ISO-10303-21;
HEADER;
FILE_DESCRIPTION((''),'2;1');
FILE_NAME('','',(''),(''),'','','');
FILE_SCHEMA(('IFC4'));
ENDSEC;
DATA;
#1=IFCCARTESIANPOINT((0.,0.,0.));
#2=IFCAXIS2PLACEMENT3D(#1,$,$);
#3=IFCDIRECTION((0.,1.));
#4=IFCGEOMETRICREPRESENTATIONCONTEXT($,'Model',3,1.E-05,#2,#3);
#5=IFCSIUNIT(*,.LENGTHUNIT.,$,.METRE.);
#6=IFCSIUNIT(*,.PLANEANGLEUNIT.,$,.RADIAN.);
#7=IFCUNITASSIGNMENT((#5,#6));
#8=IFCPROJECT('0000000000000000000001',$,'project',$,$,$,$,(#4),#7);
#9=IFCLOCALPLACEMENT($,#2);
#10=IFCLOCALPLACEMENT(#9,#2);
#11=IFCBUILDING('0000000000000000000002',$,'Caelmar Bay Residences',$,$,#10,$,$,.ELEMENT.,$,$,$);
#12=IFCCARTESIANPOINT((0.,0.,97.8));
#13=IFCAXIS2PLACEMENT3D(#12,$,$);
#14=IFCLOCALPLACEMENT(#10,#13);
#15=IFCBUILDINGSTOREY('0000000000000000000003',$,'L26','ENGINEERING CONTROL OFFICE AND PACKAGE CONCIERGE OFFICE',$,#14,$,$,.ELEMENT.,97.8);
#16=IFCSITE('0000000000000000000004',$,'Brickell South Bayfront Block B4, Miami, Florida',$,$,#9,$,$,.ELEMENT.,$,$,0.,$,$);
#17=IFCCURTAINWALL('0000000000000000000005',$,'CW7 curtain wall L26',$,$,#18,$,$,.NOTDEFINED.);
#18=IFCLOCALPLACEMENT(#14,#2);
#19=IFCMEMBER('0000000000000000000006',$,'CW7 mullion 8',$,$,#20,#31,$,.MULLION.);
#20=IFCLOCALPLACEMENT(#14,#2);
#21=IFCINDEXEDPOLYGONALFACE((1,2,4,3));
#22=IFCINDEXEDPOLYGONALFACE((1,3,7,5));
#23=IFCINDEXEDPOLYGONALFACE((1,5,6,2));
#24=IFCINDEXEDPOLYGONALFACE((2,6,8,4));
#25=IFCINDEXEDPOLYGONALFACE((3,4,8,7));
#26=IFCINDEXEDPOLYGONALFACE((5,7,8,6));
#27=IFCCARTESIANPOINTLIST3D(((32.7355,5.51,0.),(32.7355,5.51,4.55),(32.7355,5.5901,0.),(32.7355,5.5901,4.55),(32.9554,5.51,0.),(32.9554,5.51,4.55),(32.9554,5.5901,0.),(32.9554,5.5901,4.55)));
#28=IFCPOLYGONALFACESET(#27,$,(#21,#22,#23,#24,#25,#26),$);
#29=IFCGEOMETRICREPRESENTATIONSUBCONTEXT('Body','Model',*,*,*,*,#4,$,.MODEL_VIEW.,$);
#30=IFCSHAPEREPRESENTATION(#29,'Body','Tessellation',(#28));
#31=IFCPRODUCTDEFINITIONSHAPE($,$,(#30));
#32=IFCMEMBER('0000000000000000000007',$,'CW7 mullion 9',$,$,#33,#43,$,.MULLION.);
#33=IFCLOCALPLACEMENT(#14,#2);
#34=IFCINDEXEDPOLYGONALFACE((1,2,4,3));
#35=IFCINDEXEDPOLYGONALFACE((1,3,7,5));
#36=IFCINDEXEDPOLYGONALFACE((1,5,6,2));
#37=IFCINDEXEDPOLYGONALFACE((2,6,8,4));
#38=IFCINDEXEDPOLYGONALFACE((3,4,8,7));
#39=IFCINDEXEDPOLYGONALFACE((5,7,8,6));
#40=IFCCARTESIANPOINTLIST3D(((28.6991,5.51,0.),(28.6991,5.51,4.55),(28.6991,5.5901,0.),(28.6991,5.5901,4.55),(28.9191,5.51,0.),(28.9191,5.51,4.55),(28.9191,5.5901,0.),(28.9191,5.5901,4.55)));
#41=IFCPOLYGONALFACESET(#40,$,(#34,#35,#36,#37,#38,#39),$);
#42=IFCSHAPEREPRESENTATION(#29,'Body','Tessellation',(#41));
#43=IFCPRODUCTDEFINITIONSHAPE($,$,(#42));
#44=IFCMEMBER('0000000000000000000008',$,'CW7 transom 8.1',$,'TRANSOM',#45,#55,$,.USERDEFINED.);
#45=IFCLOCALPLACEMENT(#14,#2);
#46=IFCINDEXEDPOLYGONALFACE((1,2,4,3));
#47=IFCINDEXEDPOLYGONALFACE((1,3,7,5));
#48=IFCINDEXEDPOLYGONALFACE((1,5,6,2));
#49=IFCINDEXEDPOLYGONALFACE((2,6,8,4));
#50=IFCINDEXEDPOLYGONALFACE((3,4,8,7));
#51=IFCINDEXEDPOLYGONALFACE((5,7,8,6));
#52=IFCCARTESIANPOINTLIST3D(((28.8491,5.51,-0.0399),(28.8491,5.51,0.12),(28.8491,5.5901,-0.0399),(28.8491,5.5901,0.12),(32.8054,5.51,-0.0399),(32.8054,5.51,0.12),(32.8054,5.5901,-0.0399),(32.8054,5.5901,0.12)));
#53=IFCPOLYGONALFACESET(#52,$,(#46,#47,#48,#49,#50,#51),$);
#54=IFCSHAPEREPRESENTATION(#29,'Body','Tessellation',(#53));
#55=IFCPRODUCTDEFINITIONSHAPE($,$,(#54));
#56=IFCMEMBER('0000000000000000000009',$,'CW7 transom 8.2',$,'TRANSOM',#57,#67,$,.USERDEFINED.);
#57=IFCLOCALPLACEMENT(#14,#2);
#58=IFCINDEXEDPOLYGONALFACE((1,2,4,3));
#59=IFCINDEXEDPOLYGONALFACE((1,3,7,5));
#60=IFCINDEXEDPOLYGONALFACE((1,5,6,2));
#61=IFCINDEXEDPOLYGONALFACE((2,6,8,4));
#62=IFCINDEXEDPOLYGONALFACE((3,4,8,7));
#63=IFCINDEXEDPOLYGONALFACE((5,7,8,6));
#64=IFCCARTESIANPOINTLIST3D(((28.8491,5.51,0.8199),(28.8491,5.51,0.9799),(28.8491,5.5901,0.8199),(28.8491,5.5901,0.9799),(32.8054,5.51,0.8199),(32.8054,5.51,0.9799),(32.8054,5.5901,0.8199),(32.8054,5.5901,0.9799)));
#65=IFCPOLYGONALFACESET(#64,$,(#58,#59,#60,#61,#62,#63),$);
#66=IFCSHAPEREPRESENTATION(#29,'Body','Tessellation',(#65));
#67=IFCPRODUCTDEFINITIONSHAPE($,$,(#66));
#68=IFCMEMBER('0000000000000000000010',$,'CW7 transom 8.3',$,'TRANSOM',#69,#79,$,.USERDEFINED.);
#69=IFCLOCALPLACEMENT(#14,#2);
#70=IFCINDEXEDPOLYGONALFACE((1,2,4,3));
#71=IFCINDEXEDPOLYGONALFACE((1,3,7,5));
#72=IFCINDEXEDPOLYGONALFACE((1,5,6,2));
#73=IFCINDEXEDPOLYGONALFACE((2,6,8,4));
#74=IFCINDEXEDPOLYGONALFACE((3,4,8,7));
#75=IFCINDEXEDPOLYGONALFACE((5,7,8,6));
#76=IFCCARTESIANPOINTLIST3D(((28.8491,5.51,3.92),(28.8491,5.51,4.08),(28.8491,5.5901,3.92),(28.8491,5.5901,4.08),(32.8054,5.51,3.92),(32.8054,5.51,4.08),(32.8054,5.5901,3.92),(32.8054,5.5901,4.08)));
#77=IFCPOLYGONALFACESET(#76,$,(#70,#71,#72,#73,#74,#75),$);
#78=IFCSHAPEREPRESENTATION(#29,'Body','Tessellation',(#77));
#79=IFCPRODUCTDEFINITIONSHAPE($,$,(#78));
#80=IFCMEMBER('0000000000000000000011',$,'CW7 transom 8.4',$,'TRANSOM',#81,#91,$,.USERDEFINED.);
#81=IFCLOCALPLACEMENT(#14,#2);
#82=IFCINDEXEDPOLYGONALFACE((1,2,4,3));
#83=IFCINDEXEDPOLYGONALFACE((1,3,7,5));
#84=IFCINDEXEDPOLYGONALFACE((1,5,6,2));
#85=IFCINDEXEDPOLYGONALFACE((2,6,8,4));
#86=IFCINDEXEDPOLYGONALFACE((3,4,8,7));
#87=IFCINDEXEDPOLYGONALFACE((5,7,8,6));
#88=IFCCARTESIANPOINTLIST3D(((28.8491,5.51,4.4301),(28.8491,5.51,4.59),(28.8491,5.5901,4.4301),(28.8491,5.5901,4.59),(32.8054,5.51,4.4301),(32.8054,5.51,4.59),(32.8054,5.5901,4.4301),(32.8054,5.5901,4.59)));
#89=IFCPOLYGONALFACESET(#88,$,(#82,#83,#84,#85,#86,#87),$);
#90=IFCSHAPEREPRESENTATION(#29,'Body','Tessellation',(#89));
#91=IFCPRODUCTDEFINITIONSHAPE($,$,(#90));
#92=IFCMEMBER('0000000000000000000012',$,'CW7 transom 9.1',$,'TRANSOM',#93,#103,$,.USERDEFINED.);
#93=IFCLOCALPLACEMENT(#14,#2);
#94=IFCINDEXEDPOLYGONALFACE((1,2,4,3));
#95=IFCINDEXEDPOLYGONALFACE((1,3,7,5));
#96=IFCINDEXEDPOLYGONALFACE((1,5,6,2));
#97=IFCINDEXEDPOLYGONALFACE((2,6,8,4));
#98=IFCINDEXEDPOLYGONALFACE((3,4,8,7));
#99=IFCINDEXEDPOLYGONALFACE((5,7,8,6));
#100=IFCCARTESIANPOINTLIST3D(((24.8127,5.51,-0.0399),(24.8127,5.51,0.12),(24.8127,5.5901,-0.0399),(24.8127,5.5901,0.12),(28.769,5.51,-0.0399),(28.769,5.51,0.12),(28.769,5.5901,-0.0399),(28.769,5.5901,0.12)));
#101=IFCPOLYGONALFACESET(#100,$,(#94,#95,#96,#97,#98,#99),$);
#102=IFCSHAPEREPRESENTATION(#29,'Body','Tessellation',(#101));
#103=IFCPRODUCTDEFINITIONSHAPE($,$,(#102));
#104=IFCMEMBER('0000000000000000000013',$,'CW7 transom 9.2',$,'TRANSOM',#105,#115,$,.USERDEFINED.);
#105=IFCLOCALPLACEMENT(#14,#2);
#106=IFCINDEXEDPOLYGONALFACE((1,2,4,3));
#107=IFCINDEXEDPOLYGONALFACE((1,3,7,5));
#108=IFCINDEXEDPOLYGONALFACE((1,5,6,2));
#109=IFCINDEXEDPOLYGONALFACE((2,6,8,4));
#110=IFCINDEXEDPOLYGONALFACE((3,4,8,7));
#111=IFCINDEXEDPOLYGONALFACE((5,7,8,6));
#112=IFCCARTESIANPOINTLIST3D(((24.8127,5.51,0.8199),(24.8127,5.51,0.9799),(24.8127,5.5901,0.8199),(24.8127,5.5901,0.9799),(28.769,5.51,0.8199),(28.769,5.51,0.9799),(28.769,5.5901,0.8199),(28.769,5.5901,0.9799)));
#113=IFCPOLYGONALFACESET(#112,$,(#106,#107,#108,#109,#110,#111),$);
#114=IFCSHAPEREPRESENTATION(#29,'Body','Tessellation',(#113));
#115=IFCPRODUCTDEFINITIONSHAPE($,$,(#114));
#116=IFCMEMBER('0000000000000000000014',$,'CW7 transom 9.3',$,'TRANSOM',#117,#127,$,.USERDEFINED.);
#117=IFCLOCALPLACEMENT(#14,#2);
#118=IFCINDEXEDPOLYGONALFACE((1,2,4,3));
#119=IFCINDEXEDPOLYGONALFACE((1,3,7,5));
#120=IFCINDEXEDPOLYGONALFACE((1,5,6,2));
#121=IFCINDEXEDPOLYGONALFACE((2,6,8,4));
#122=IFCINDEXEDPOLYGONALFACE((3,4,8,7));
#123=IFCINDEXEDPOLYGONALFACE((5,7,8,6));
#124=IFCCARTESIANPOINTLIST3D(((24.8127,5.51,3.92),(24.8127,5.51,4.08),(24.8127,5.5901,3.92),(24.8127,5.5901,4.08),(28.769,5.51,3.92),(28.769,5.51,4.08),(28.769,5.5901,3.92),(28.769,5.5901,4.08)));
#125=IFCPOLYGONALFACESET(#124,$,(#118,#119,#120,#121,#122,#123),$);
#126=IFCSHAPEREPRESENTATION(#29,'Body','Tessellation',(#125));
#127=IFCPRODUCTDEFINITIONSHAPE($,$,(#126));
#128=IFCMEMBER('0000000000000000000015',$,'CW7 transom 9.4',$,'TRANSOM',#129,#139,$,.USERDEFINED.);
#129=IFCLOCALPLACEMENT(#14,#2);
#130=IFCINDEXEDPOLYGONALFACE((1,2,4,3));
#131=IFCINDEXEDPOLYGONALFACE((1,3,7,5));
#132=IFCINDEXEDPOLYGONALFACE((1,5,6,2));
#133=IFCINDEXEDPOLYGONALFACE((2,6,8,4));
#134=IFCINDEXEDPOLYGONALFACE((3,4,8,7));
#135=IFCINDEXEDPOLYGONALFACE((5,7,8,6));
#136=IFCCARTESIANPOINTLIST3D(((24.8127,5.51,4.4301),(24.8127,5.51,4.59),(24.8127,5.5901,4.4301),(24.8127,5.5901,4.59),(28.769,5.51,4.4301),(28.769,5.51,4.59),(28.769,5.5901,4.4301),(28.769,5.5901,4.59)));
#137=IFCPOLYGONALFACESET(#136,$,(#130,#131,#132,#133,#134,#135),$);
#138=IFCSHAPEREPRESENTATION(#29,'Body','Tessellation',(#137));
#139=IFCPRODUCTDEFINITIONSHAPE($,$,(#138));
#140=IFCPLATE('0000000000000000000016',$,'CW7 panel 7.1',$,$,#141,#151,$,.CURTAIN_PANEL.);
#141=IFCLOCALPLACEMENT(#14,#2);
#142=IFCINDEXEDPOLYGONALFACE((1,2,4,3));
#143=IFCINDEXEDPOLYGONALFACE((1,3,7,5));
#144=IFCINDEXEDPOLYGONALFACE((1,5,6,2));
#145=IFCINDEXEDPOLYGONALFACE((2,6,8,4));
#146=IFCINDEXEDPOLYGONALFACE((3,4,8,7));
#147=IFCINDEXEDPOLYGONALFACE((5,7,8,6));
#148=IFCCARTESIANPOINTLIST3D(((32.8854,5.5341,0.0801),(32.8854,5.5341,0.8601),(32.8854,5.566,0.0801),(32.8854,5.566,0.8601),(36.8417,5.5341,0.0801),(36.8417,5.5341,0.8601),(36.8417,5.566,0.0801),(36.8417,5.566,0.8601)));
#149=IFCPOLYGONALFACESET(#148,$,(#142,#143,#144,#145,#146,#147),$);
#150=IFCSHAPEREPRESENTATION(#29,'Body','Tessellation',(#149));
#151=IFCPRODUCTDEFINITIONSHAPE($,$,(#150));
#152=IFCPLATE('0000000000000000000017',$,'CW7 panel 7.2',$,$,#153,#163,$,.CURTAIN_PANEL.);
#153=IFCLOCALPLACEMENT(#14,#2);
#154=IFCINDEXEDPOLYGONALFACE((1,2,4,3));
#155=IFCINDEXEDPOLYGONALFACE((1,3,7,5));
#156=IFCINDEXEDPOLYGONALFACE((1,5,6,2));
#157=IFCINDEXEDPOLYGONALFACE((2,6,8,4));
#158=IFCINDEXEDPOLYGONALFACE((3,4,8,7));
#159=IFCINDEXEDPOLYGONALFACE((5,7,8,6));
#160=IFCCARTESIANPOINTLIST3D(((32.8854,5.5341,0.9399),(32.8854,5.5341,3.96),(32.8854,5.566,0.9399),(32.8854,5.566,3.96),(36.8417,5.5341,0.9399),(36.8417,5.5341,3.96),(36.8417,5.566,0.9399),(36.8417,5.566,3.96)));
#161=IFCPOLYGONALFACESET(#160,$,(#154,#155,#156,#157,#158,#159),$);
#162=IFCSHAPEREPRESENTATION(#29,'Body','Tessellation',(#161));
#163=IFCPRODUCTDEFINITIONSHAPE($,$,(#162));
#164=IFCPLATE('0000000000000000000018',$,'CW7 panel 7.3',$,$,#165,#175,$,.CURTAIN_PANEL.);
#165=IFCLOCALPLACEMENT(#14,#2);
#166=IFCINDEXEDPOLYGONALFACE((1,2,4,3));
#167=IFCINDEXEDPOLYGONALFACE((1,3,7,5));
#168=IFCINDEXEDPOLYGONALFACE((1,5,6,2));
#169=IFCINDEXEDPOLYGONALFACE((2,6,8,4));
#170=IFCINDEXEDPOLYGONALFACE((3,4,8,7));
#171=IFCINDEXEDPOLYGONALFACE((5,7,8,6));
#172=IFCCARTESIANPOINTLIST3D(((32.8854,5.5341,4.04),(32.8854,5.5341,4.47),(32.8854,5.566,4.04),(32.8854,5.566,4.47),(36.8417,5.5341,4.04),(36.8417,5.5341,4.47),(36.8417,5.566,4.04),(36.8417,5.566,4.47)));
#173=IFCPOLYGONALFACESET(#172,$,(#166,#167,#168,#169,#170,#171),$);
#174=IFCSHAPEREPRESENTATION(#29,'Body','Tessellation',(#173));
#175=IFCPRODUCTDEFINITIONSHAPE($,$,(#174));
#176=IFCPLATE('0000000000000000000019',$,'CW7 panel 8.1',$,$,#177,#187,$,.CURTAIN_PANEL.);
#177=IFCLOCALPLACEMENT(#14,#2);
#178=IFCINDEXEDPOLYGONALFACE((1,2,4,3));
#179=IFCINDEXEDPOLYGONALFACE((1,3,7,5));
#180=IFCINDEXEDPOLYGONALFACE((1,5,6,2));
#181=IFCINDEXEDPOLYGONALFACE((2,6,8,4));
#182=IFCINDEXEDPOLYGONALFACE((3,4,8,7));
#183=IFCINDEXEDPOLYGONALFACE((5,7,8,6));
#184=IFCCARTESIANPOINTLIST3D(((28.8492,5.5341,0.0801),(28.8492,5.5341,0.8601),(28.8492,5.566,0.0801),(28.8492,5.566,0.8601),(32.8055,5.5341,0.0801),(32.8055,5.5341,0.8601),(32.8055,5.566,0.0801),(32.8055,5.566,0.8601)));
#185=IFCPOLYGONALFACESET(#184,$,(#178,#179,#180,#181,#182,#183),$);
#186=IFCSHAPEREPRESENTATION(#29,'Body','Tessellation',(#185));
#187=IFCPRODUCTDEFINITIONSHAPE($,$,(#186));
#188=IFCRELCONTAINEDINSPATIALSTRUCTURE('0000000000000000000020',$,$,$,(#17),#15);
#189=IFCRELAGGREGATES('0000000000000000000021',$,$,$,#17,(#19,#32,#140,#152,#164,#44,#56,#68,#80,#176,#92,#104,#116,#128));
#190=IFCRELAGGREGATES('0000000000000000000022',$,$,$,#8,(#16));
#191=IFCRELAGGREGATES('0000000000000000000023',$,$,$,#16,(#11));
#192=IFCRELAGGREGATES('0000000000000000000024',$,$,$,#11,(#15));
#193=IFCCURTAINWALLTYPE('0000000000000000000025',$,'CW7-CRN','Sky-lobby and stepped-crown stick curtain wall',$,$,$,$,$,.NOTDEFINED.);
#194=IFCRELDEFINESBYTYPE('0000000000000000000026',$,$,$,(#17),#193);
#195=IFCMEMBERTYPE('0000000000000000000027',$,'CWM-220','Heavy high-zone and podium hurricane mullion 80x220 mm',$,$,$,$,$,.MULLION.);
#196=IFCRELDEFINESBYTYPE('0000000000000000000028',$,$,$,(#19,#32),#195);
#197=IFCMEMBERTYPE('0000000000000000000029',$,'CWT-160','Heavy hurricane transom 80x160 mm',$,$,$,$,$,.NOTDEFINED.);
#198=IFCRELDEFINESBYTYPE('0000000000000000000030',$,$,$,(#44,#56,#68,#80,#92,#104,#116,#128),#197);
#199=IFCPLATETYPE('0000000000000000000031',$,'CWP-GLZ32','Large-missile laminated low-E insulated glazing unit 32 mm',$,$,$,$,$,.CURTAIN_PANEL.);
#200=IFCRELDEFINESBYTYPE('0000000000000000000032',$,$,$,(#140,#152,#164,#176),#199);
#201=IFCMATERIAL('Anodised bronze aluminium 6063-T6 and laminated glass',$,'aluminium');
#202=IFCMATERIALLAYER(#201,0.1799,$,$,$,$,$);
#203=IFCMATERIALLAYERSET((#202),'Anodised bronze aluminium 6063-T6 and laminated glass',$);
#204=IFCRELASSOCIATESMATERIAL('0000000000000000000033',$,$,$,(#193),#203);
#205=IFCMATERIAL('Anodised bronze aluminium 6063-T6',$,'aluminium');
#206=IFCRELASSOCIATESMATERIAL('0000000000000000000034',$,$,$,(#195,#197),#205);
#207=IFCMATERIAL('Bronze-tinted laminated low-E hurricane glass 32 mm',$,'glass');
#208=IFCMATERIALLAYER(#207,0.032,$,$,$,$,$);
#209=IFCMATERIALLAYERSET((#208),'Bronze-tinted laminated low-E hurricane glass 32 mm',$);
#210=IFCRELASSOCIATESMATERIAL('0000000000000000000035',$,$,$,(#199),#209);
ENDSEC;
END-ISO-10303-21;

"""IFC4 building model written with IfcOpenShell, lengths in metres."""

from ifc_helpers import new_model, si_unit, direction, frame, origin, origin_2d, place, context, subcontext, project, spatial, rectangle, extrude, material, layer, layer_set, material_profile, profile_set, type_object, element, aggregate, save


model = new_model("IFC4")

# Units and contexts
model_context = context("Model", 3, precision=1e-05, world=origin(), true_north=direction((0.0, 1.0)))
body_context = subcontext(model_context, "Body", "Model", "MODEL_VIEW")
ifc_project = project(units=[si_unit("LENGTHUNIT", "METRE"), si_unit("PLANEANGLEUNIT", "RADIAN")], contexts=[model_context])

# Site, building, storey
site_placement = place(None, origin())
site = spatial("IfcSite", under=ifc_project, at=site_placement, Name="Brickell South Bayfront Block B4, Miami, Florida", CompositionType="ELEMENT", RefElevation=0.0)
building_placement = place(site_placement, origin())
building = spatial("IfcBuilding", under=site, at=building_placement, Name="Caelmar Bay Residences", CompositionType="ELEMENT")
storey_placement = place(building_placement, frame((0.0, 0.0, 97.8)))
storey = spatial("IfcBuildingStorey", under=building, at=storey_placement, Name="L26", Description="ENGINEERING CONTROL OFFICE AND PACKAGE CONCIERGE OFFICE", CompositionType="ELEMENT", Elevation=97.8)

# Curtain wall, members, plates
ifc_material_1 = material(Name="Anodised bronze aluminium 6063-T6 and laminated glass", Category="aluminium")
ifc_layer_1 = layer(ifc_material_1, 0.1799)
ifc_layer_set_1 = layer_set([ifc_layer_1], Name="Anodised bronze aluminium 6063-T6 and laminated glass")
curtain_wall_type = type_object("IfcCurtainWallType", Name="CW7-CRN", Description="Sky-lobby and stepped-crown stick curtain wall", PredefinedType="NOTDEFINED", material=ifc_layer_set_1)
curtain_wall_placement = place(storey_placement, origin())
curtain_wall = element("IfcCurtainWall", 1, at=curtain_wall_placement, inside=storey, type_object=curtain_wall_type, Name="CW7 curtain wall L26", PredefinedType="NOTDEFINED")
ifc_material_2 = material(Name="Anodised bronze aluminium 6063-T6", Category="aluminium")
ifc_material_profile_1 = material_profile(ifc_material_2, rectangle(XDim=0.0801, YDim=0.22, at=origin_2d()), Name="CWM-80X220")
ifc_profile_set_1 = profile_set([ifc_material_profile_1], Name="Anodised bronze aluminium 6063-T6")
member_type_1 = type_object("IfcMemberType", Name="CWM-220", Description="Heavy high-zone and podium hurricane mullion 80x220 mm", PredefinedType="MULLION", material=ifc_profile_set_1)
member_1_placement = place(storey_placement, frame((32.8455, 5.55, 0.0), z_axis=(0.0, 0.0, 1.0), x_axis=(0.0, -1.0, 0.0)))
member_1 = element("IfcMember", 2, at=member_1_placement, type_object=member_type_1, Name="CW7 mullion 8", PredefinedType="MULLION", context=body_context, shape_type="SweptSolid", body=[
    extrude(rectangle(XDim=0.0801, YDim=0.22, at=origin_2d()), origin(), (0.0, 0.0, 1.0), 4.55),
])
member_2_placement = place(storey_placement, frame((28.8091, 5.55, 0.0), z_axis=(0.0, 0.0, 1.0), x_axis=(0.0, -1.0, 0.0)))
member_2 = element("IfcMember", 3, at=member_2_placement, type_object=member_type_1, Name="CW7 mullion 9", PredefinedType="MULLION", context=body_context, shape_type="SweptSolid", body=[
    extrude(rectangle(XDim=0.0801, YDim=0.22, at=origin_2d()), origin(), (0.0, 0.0, 1.0), 4.55),
])
ifc_material_profile_2 = material_profile(ifc_material_2, rectangle(XDim=0.0801, YDim=0.1599, at=origin_2d()), Name="CWT-80X160")
ifc_profile_set_2 = profile_set([ifc_material_profile_2], Name="Anodised bronze aluminium 6063-T6")
member_type_2 = type_object("IfcMemberType", Name="CWT-160", Description="Heavy hurricane transom 80x160 mm", PredefinedType="NOTDEFINED", material=ifc_profile_set_2)
member_3_placement = place(storey_placement, frame((32.8054, 5.55, 0.04), z_axis=(-1.0, 0.0, 0.0), x_axis=(0.0, -1.0, 0.0)))
member_3 = element("IfcMember", 4, at=member_3_placement, type_object=member_type_2, Name="CW7 transom 8.1", ObjectType="TRANSOM", PredefinedType="USERDEFINED", context=body_context, shape_type="SweptSolid", body=[
    extrude(rectangle(XDim=0.0801, YDim=0.1599, at=origin_2d()), origin(), (0.0, 0.0, 1.0), 3.9563),
])
member_4_placement = place(storey_placement, frame((32.8054, 5.55, 0.8999), z_axis=(-1.0, 0.0, 0.0), x_axis=(0.0, -1.0, 0.0)))
member_4 = element("IfcMember", 5, at=member_4_placement, type_object=member_type_2, Name="CW7 transom 8.2", ObjectType="TRANSOM", PredefinedType="USERDEFINED", context=body_context, shape_type="SweptSolid", body=[
    extrude(rectangle(XDim=0.0801, YDim=0.1599, at=origin_2d()), origin(), (0.0, 0.0, 1.0), 3.9563),
])
member_5_placement = place(storey_placement, frame((32.8054, 5.55, 4.0), z_axis=(-1.0, 0.0, 0.0), x_axis=(0.0, -1.0, 0.0)))
member_5 = element("IfcMember", 6, at=member_5_placement, type_object=member_type_2, Name="CW7 transom 8.3", ObjectType="TRANSOM", PredefinedType="USERDEFINED", context=body_context, shape_type="SweptSolid", body=[
    extrude(rectangle(XDim=0.0801, YDim=0.1599, at=origin_2d()), origin(), (0.0, 0.0, 1.0), 3.9563),
])
member_6_placement = place(storey_placement, frame((32.8054, 5.55, 4.51), z_axis=(-1.0, 0.0, 0.0), x_axis=(0.0, -1.0, 0.0)))
member_6 = element("IfcMember", 7, at=member_6_placement, type_object=member_type_2, Name="CW7 transom 8.4", ObjectType="TRANSOM", PredefinedType="USERDEFINED", context=body_context, shape_type="SweptSolid", body=[
    extrude(rectangle(XDim=0.0801, YDim=0.1599, at=origin_2d()), origin(), (0.0, 0.0, 1.0), 3.9563),
])
member_7_placement = place(storey_placement, frame((28.769, 5.55, 0.04), z_axis=(-1.0, 0.0, 0.0), x_axis=(0.0, -1.0, 0.0)))
member_7 = element("IfcMember", 8, at=member_7_placement, type_object=member_type_2, Name="CW7 transom 9.1", ObjectType="TRANSOM", PredefinedType="USERDEFINED", context=body_context, shape_type="SweptSolid", body=[
    extrude(rectangle(XDim=0.0801, YDim=0.1599, at=origin_2d()), origin(), (0.0, 0.0, 1.0), 3.9563),
])
member_8_placement = place(storey_placement, frame((28.769, 5.55, 0.8999), z_axis=(-1.0, 0.0, 0.0), x_axis=(0.0, -1.0, 0.0)))
member_8 = element("IfcMember", 9, at=member_8_placement, type_object=member_type_2, Name="CW7 transom 9.2", ObjectType="TRANSOM", PredefinedType="USERDEFINED", context=body_context, shape_type="SweptSolid", body=[
    extrude(rectangle(XDim=0.0801, YDim=0.1599, at=origin_2d()), origin(), (0.0, 0.0, 1.0), 3.9563),
])
member_9_placement = place(storey_placement, frame((28.769, 5.55, 4.0), z_axis=(-1.0, 0.0, 0.0), x_axis=(0.0, -1.0, 0.0)))
member_9 = element("IfcMember", 10, at=member_9_placement, type_object=member_type_2, Name="CW7 transom 9.3", ObjectType="TRANSOM", PredefinedType="USERDEFINED", context=body_context, shape_type="SweptSolid", body=[
    extrude(rectangle(XDim=0.0801, YDim=0.1599, at=origin_2d()), origin(), (0.0, 0.0, 1.0), 3.9563),
])
member_10_placement = place(storey_placement, frame((28.769, 5.55, 4.51), z_axis=(-1.0, 0.0, 0.0), x_axis=(0.0, -1.0, 0.0)))
member_10 = element("IfcMember", 11, at=member_10_placement, type_object=member_type_2, Name="CW7 transom 9.4", ObjectType="TRANSOM", PredefinedType="USERDEFINED", context=body_context, shape_type="SweptSolid", body=[
    extrude(rectangle(XDim=0.0801, YDim=0.1599, at=origin_2d()), origin(), (0.0, 0.0, 1.0), 3.9563),
])
ifc_material_3 = material(Name="Bronze-tinted laminated low-E hurricane glass 32 mm", Category="glass")
ifc_layer_2 = layer(ifc_material_3, 0.032)
ifc_layer_set_2 = layer_set([ifc_layer_2], Name="Bronze-tinted laminated low-E hurricane glass 32 mm")
plate_type = type_object("IfcPlateType", Name="CWP-GLZ32", Description="Large-missile laminated low-E insulated glazing unit 32 mm", PredefinedType="CURTAIN_PANEL", material=ifc_layer_set_2)
plate_1_placement = place(storey_placement, frame((34.8635, 5.55, 0.0801), z_axis=(0.0, 0.0, 1.0), x_axis=(-1.0, 0.0, 0.0)))
plate_1 = element("IfcPlate", 12, at=plate_1_placement, type_object=plate_type, Name="CW7 panel 7.1", PredefinedType="CURTAIN_PANEL", context=body_context, shape_type="SweptSolid", body=[
    extrude(rectangle(XDim=3.9563, YDim=0.032, at=origin_2d()), origin(), (0.0, 0.0, 1.0), 0.78),
])
plate_2_placement = place(storey_placement, frame((34.8635, 5.55, 0.9399), z_axis=(0.0, 0.0, 1.0), x_axis=(-1.0, 0.0, 0.0)))
plate_2 = element("IfcPlate", 13, at=plate_2_placement, type_object=plate_type, Name="CW7 panel 7.2", PredefinedType="CURTAIN_PANEL", context=body_context, shape_type="SweptSolid", body=[
    extrude(rectangle(XDim=3.9563, YDim=0.032, at=origin_2d()), origin(), (0.0, 0.0, 1.0), 3.02),
])
plate_3_placement = place(storey_placement, frame((34.8635, 5.55, 4.04), z_axis=(0.0, 0.0, 1.0), x_axis=(-1.0, 0.0, 0.0)))
plate_3 = element("IfcPlate", 14, at=plate_3_placement, type_object=plate_type, Name="CW7 panel 7.3", PredefinedType="CURTAIN_PANEL", context=body_context, shape_type="SweptSolid", body=[
    extrude(rectangle(XDim=3.9563, YDim=0.032, at=origin_2d()), origin(), (0.0, 0.0, 1.0), 0.4299),
])
plate_4_placement = place(storey_placement, frame((30.8274, 5.55, 0.0801), z_axis=(0.0, 0.0, 1.0), x_axis=(-1.0, 0.0, 0.0)))
plate_4 = element("IfcPlate", 15, at=plate_4_placement, type_object=plate_type, Name="CW7 panel 8.1", PredefinedType="CURTAIN_PANEL", context=body_context, shape_type="SweptSolid", body=[
    extrude(rectangle(XDim=3.9563, YDim=0.032, at=origin_2d()), origin(), (0.0, 0.0, 1.0), 0.78),
])
aggregate(curtain_wall, [member_1, member_2, plate_1, plate_2, plate_3, member_3, member_4, member_5, member_6, plate_4, member_7, member_8, member_9, member_10])

save(model, "model.ifc")
